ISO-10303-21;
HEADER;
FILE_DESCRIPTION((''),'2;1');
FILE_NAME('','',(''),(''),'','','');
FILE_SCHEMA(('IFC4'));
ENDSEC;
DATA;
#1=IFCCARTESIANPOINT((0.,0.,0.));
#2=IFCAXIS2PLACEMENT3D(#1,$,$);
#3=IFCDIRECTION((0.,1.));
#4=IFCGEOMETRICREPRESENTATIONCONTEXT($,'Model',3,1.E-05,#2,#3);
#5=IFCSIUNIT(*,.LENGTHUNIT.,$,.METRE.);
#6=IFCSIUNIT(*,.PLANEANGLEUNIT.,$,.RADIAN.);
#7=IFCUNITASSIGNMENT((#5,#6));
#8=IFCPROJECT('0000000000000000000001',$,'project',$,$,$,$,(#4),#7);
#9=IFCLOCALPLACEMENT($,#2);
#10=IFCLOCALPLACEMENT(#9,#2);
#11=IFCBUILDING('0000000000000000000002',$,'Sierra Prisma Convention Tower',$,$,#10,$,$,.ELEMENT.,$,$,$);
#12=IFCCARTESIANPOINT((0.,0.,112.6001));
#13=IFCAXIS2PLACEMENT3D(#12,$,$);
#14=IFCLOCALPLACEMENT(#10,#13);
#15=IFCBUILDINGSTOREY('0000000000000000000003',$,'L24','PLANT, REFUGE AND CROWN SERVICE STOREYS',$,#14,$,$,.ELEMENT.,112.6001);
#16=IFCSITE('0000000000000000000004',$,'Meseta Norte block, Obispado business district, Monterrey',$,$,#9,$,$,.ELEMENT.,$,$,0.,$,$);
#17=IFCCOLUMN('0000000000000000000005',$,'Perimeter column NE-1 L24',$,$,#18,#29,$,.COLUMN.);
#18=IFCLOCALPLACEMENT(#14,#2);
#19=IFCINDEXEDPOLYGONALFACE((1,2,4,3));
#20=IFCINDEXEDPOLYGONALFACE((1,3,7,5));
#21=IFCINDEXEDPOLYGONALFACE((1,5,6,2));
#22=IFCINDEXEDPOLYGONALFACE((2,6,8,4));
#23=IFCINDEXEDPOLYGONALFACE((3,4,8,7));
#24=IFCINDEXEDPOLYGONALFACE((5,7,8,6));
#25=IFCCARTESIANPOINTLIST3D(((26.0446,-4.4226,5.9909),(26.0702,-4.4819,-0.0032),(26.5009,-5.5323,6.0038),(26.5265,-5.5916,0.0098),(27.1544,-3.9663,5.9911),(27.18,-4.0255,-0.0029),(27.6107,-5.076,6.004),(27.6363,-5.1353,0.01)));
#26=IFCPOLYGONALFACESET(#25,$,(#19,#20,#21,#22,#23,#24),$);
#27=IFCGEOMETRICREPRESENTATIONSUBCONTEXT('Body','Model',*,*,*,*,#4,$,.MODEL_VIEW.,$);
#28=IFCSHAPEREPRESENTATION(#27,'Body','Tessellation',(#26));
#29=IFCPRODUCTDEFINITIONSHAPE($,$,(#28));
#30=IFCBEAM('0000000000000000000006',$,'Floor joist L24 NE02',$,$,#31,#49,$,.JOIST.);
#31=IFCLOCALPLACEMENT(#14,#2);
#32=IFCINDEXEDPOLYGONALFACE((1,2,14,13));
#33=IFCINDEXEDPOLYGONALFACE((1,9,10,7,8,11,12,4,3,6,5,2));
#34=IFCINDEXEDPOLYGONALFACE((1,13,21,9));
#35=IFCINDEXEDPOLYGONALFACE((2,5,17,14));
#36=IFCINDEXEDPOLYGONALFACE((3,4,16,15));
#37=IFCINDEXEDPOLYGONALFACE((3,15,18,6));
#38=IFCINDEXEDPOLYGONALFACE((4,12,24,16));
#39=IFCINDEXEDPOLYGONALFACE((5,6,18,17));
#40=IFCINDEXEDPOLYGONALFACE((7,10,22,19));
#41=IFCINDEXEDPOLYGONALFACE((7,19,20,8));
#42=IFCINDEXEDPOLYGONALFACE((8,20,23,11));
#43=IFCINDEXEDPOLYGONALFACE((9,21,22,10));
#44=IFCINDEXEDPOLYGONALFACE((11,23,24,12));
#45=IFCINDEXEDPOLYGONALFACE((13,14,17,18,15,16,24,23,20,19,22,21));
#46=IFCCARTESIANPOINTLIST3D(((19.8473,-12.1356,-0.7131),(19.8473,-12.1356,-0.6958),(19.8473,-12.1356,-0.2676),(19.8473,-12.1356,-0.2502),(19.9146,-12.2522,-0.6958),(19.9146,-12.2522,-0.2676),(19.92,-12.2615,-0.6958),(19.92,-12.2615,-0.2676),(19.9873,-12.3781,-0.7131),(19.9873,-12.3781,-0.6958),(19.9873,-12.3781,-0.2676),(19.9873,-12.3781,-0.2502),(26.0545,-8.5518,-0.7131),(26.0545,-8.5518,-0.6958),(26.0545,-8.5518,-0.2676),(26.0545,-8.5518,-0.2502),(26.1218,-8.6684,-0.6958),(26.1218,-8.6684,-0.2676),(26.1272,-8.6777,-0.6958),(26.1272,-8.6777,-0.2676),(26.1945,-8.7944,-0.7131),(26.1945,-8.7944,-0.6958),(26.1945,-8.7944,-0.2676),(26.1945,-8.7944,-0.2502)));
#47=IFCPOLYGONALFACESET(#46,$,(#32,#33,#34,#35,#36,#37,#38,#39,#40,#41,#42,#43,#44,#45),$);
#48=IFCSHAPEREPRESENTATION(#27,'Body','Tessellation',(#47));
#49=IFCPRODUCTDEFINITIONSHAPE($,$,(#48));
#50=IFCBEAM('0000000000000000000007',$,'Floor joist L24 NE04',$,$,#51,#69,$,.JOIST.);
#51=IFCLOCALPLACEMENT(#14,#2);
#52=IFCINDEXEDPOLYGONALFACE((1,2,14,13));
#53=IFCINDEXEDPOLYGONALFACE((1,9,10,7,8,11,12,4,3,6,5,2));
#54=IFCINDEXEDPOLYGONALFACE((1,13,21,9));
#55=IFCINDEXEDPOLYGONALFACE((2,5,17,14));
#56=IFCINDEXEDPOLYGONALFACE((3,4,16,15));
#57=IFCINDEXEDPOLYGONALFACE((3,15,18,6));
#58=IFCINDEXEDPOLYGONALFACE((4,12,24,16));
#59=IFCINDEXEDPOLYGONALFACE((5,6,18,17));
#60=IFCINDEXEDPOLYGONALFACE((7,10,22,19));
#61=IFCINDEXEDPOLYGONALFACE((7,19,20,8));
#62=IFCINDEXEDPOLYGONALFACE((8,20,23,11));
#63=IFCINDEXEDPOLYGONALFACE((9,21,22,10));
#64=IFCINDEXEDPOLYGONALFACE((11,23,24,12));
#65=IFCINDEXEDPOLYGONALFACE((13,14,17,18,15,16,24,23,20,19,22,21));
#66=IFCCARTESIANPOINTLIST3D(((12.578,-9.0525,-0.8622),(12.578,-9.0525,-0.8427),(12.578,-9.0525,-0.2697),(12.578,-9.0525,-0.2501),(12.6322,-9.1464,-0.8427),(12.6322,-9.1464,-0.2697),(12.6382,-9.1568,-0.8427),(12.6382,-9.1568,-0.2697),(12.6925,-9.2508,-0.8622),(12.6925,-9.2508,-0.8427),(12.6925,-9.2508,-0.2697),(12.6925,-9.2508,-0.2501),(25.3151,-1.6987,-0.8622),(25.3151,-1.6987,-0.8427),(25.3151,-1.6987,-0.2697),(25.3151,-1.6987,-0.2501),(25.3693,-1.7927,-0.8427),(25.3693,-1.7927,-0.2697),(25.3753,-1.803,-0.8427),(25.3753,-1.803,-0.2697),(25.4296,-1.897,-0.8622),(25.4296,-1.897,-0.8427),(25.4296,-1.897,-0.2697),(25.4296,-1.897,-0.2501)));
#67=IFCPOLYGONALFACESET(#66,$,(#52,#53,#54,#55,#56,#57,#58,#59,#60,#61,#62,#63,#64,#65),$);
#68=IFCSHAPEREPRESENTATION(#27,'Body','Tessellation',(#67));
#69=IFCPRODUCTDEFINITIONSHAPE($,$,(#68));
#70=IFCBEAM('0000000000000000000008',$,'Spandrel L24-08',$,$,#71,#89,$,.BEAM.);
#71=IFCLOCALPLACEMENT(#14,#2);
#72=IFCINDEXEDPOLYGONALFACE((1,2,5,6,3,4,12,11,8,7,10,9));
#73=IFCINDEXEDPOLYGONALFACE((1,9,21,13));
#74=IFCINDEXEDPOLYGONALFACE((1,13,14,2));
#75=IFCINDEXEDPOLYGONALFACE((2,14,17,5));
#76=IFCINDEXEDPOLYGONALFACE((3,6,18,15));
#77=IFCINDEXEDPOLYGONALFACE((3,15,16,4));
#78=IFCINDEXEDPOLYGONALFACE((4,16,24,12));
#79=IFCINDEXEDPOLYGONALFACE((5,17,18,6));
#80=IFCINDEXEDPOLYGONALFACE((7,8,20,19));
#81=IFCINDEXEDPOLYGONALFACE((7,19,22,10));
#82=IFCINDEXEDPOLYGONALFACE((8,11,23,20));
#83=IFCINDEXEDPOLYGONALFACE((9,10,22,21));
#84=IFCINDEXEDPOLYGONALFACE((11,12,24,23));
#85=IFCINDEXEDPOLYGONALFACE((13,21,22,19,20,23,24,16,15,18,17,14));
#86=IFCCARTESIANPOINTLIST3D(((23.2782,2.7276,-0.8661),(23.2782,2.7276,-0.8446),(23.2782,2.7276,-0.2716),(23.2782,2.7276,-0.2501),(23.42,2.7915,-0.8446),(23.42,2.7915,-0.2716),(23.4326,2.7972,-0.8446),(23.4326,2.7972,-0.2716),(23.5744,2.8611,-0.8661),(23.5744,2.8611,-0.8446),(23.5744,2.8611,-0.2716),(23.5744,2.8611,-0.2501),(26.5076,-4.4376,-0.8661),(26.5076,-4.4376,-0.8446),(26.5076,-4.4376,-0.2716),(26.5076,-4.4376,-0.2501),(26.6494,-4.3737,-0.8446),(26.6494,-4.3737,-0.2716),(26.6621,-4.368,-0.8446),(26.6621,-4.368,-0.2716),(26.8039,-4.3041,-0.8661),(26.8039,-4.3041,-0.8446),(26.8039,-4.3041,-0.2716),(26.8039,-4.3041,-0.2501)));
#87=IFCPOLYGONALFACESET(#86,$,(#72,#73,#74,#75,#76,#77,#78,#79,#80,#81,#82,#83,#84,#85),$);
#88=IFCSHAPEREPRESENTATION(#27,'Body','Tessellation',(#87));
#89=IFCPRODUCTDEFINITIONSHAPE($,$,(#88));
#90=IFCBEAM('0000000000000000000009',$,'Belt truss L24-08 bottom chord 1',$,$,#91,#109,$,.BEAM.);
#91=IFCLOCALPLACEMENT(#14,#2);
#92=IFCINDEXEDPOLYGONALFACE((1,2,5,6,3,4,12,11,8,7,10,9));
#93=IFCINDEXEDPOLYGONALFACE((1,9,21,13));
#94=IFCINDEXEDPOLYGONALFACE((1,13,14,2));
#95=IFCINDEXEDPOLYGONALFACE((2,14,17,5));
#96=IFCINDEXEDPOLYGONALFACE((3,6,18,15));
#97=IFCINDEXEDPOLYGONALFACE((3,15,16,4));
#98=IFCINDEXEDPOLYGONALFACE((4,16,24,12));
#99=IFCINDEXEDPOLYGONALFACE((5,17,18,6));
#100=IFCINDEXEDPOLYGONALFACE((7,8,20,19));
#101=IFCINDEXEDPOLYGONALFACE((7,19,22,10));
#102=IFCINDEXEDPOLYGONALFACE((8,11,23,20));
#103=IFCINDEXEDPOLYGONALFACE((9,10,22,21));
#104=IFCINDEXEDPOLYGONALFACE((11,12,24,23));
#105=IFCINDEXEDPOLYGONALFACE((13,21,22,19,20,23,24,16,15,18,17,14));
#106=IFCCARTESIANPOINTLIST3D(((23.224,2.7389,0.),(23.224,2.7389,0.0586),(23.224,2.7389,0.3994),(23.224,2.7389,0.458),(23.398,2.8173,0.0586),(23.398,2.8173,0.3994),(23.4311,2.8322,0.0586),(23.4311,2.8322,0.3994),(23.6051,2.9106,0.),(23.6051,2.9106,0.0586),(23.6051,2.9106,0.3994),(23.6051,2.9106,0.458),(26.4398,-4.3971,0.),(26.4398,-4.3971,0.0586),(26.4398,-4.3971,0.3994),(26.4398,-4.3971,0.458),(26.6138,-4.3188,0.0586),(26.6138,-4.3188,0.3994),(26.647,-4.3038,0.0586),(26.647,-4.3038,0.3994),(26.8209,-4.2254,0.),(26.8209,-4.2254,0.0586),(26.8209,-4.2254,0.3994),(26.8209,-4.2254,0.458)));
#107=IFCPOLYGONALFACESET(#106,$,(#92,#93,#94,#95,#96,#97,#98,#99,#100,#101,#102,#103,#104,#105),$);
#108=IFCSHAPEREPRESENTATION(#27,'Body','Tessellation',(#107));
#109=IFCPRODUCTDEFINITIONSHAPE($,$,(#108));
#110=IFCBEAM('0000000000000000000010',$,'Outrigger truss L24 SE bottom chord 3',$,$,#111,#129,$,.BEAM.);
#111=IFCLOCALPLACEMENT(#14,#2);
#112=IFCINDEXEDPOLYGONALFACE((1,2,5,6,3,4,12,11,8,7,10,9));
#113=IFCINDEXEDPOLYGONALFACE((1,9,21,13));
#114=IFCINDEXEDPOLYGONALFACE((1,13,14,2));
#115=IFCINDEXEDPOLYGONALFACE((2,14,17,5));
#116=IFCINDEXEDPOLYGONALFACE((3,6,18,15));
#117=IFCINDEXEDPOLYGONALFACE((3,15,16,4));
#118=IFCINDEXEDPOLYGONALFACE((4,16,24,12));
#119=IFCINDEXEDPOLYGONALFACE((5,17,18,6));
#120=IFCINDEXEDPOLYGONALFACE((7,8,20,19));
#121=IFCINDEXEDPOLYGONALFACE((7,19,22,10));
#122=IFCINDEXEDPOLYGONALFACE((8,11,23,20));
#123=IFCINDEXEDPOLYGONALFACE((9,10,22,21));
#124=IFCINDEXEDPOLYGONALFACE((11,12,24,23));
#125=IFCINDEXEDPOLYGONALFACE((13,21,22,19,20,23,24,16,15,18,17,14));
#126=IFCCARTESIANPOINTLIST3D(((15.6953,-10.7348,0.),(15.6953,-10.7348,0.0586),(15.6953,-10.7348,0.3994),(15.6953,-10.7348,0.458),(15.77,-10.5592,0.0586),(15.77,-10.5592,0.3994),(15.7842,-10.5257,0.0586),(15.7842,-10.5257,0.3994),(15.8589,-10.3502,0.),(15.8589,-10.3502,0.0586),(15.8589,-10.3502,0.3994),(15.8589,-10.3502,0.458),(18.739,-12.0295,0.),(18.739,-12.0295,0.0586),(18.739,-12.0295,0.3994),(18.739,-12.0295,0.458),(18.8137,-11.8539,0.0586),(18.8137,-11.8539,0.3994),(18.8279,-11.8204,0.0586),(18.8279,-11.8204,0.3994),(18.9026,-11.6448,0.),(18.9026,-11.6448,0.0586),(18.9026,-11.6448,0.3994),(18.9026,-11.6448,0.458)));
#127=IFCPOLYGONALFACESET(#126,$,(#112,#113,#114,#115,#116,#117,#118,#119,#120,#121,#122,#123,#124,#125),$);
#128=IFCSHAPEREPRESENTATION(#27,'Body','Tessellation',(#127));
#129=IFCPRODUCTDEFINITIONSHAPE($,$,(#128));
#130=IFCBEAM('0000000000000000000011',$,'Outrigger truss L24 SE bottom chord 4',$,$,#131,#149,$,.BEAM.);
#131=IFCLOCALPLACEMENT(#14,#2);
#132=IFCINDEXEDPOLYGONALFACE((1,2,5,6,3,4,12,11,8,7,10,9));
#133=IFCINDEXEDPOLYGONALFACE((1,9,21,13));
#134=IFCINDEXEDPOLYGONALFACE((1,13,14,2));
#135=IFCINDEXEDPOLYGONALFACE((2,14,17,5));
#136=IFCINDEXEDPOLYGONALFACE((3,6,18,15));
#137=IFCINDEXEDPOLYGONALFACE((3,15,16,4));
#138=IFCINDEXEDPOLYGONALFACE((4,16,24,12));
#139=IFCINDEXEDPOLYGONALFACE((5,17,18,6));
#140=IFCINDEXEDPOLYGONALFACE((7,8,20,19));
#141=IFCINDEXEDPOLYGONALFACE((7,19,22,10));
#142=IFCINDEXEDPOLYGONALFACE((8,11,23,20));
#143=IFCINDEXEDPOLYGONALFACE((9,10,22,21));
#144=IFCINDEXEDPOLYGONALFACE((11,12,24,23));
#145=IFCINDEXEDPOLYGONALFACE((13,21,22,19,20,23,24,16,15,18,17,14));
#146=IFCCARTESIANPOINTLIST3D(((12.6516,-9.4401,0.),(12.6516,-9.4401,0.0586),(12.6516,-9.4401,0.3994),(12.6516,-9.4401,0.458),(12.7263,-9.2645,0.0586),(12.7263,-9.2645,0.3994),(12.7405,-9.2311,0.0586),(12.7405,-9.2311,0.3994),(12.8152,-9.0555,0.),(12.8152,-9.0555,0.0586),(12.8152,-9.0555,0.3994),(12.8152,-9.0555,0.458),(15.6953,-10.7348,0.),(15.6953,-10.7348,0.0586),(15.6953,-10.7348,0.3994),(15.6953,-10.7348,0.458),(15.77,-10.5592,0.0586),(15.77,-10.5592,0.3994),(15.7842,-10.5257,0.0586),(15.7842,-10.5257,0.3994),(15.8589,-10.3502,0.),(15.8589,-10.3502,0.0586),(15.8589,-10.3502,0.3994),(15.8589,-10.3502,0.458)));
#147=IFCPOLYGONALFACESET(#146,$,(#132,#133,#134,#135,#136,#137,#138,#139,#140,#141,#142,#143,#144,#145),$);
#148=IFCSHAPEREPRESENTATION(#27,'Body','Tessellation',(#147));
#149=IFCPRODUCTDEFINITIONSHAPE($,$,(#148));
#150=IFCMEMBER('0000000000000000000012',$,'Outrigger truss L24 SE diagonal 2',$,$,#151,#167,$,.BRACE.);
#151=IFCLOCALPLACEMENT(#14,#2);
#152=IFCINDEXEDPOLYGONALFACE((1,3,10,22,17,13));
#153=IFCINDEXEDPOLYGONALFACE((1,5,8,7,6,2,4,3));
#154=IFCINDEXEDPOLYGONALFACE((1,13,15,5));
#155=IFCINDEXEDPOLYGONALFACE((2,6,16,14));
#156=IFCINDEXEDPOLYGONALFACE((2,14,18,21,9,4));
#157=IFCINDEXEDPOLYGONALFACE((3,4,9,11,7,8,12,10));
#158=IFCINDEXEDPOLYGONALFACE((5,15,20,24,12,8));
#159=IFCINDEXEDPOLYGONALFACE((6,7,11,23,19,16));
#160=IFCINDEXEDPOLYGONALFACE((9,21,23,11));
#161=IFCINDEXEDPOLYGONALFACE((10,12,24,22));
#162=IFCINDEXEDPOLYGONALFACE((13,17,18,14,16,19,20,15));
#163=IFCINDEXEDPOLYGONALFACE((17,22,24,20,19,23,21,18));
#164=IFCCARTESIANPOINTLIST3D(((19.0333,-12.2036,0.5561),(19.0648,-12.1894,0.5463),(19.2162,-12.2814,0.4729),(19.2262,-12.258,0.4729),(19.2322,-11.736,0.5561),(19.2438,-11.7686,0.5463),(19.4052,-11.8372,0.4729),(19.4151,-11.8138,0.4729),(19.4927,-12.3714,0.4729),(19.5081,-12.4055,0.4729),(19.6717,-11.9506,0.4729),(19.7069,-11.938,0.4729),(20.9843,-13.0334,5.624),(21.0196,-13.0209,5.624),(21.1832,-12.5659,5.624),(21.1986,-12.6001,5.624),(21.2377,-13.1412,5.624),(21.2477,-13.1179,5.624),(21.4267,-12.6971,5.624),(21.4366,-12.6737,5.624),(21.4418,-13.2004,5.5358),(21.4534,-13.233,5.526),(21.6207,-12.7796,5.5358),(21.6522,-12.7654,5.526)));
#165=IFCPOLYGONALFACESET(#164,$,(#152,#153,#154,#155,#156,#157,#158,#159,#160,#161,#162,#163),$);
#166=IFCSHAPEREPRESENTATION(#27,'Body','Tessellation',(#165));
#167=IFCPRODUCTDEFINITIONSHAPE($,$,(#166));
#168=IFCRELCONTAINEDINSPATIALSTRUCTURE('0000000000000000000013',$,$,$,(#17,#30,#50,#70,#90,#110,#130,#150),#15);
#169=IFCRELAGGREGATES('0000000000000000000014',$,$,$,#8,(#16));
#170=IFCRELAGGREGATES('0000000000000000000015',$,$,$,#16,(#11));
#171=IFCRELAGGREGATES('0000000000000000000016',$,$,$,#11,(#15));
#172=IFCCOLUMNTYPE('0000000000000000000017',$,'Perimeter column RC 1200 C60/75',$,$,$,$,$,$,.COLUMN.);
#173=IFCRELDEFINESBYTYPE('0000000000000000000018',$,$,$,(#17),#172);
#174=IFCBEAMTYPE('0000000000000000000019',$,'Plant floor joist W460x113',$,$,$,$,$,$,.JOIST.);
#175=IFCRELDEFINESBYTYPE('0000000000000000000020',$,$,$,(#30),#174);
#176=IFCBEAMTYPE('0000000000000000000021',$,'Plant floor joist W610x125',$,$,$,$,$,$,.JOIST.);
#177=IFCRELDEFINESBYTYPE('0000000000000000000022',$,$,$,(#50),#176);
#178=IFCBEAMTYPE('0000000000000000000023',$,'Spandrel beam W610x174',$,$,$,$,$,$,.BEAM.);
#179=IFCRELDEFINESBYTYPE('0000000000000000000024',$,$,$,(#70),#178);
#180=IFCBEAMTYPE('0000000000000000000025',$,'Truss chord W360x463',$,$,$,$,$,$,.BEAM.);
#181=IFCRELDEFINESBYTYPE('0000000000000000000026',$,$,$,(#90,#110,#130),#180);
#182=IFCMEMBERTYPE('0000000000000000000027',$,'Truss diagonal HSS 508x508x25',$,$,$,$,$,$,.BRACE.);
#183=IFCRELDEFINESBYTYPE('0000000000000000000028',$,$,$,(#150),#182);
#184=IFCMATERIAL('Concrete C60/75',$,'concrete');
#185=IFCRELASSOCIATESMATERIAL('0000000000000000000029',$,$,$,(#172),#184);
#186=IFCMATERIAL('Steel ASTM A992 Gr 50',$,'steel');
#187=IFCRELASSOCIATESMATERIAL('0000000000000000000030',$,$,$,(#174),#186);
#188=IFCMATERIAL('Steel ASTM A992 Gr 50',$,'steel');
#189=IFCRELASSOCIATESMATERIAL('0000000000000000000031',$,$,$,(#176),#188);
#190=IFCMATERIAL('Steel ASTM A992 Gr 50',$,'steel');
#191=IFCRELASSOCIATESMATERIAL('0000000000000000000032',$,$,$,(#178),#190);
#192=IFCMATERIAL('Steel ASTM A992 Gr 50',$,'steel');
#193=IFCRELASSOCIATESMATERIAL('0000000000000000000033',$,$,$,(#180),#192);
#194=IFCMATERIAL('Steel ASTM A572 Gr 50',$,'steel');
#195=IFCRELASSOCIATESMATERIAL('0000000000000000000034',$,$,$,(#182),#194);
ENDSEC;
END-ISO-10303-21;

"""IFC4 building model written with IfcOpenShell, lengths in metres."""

from ifc_helpers import new_model, si_unit, direction, frame, origin, origin_2d, place, context, subcontext, project, spatial, rectangle, hollow_rectangle, i_section, extrude, clip, halfspace, material, material_profile, profile_set, type_object, element, save


model = new_model("IFC4")

# Units and contexts
model_context = context("Model", 3, precision=1e-05, world=origin(), true_north=direction((0.0, 1.0)))
body_context = subcontext(model_context, "Body", "Model", "MODEL_VIEW")
ifc_project = project(units=[si_unit("LENGTHUNIT", "METRE"), si_unit("PLANEANGLEUNIT", "RADIAN")], contexts=[model_context])

# Site, building, storey
site_placement = place(None, origin())
site = spatial("IfcSite", under=ifc_project, at=site_placement, Name="Meseta Norte block, Obispado business district, Monterrey", CompositionType="ELEMENT", RefElevation=0.0)
building_placement = place(site_placement, origin())
building = spatial("IfcBuilding", under=site, at=building_placement, Name="Sierra Prisma Convention Tower", CompositionType="ELEMENT")
storey_placement = place(building_placement, frame((0.0, 0.0, 112.6001)))
storey = spatial("IfcBuildingStorey", under=building, at=storey_placement, Name="L24", Description="PLANT, REFUGE AND CROWN SERVICE STOREYS", CompositionType="ELEMENT", Elevation=112.6001)

# Column
ifc_material_1 = material(Name="Concrete C60/75", Category="concrete")
ifc_material_profile_1 = material_profile(ifc_material_1, rectangle(XDim=1.2, YDim=1.2, at=origin_2d()), Name="Perimeter column RC 1200 C60/75")
ifc_profile_set_1 = profile_set([ifc_material_profile_1], Name="Concrete C60/75")
column_type = type_object("IfcColumnType", Name="Perimeter column RC 1200 C60/75", PredefinedType="COLUMN", material=ifc_profile_set_1)
column_placement = place(storey_placement, frame((26.8533, -4.8086, 0.0), z_axis=(-0.004272, 0.009887, 0.999942), x_axis=(-0.380279, 0.924809, -0.010769)))
element("IfcColumn", 1, at=column_placement, inside=storey, type_object=column_type, Name="Perimeter column NE-1 L24", PredefinedType="COLUMN", context=body_context, shape_type="SweptSolid", body=[
    clip(clip(extrude(rectangle(XDim=1.2, YDim=1.2, at=origin_2d()), origin(), (0.0, 0.0, 1.0), 6.0002), halfspace(frame((0.0, 0.0, 0.0034)), True)), halfspace(frame((0.0, 0.0, 5.9978)), False)),
])

# Beams
ifc_material_2 = material(Name="Steel ASTM A992 Gr 50", Category="steel")
ifc_material_profile_2 = material_profile(ifc_material_2, i_section(OverallWidth=0.28, OverallDepth=0.4629, WebThickness=0.0107, FlangeThickness=0.0173, at=origin_2d()), Name="W460x113")
ifc_profile_set_2 = profile_set([ifc_material_profile_2], Name="Steel ASTM A992 Gr 50")
beam_type_1 = type_object("IfcBeamType", Name="Plant floor joist W460x113", PredefinedType="JOIST", material=ifc_profile_set_2)
beam_1_placement = place(storey_placement, frame((26.1245, -8.6731, -0.4817), z_axis=(-0.866027, -0.499997, 0.0), x_axis=(0.499997, -0.866027, 0.0)))
element("IfcBeam", 2, at=beam_1_placement, inside=storey, type_object=beam_type_1, Name="Floor joist L24 NE02", PredefinedType="JOIST", context=body_context, shape_type="SweptSolid", body=[
    extrude(i_section(OverallWidth=0.28, OverallDepth=0.4629, WebThickness=0.0107, FlangeThickness=0.0173, at=origin_2d()), origin(), (0.0, 0.0, 1.0), 7.1675),
])
ifc_material_3 = material(Name="Steel ASTM A992 Gr 50", Category="steel")
ifc_material_profile_3 = material_profile(ifc_material_3, i_section(OverallWidth=0.229, OverallDepth=0.6121, WebThickness=0.012, FlangeThickness=0.0195, at=origin_2d()), Name="W610x125")
ifc_profile_set_3 = profile_set([ifc_material_profile_3], Name="Steel ASTM A992 Gr 50")
beam_type_2 = type_object("IfcBeamType", Name="Plant floor joist W610x125", PredefinedType="JOIST", material=ifc_profile_set_3)
beam_2_placement = place(storey_placement, frame((25.3723, -1.7979, -0.5562), z_axis=(-0.866025, -0.500001, 0.0), x_axis=(0.500001, -0.866025, 0.0)))
element("IfcBeam", 3, at=beam_2_placement, inside=storey, type_object=beam_type_2, Name="Floor joist L24 NE04", PredefinedType="JOIST", context=body_context, shape_type="SweptSolid", body=[
    extrude(i_section(OverallWidth=0.229, OverallDepth=0.6121, WebThickness=0.012, FlangeThickness=0.0195, at=origin_2d()), origin(), (0.0, 0.0, 1.0), 14.7075),
])
ifc_material_4 = material(Name="Steel ASTM A992 Gr 50", Category="steel")
ifc_material_profile_4 = material_profile(ifc_material_4, i_section(OverallWidth=0.325, OverallDepth=0.616, WebThickness=0.0139, FlangeThickness=0.0215, at=origin_2d()), Name="W610x174")
ifc_profile_set_4 = profile_set([ifc_material_profile_4], Name="Steel ASTM A992 Gr 50")
beam_type_3 = type_object("IfcBeamType", Name="Spandrel beam W610x174", PredefinedType="BEAM", material=ifc_profile_set_4)
beam_3_placement = place(storey_placement, frame((26.6558, -4.3708, -0.5581), z_axis=(-0.410906, 0.911678, 0.0), x_axis=(-0.911678, -0.410906, 0.0)))
element("IfcBeam", 4, at=beam_3_placement, inside=storey, type_object=beam_type_3, Name="Spandrel L24-08", PredefinedType="BEAM", context=body_context, shape_type="SweptSolid", body=[
    extrude(i_section(OverallWidth=0.325, OverallDepth=0.616, WebThickness=0.0139, FlangeThickness=0.0215, at=origin_2d()), origin(), (0.0, 0.0, 1.0), 7.8594),
])
ifc_material_5 = material(Name="Steel ASTM A992 Gr 50", Category="steel")
ifc_material_profile_5 = material_profile(ifc_material_5, i_section(OverallWidth=0.418, OverallDepth=0.458, WebThickness=0.0364, FlangeThickness=0.0586, at=origin_2d()), Name="W360x463")
ifc_profile_set_5 = profile_set([ifc_material_profile_5], Name="Steel ASTM A992 Gr 50")
beam_type_4 = type_object("IfcBeamType", Name="Truss chord W360x463", PredefinedType="BEAM", material=ifc_profile_set_5)
beam_4_placement = place(storey_placement, frame((26.6304, -4.3113, 0.229), z_axis=(-0.410856, 0.9117, 0.0), x_axis=(-0.9117, -0.410856, 0.0)))
element("IfcBeam", 5, at=beam_4_placement, inside=storey, type_object=beam_type_4, Name="Belt truss L24-08 bottom chord 1", PredefinedType="BEAM", context=body_context, shape_type="SweptSolid", body=[
    extrude(i_section(OverallWidth=0.418, OverallDepth=0.458, WebThickness=0.0364, FlangeThickness=0.0586, at=origin_2d()), origin(), (0.0, 0.0, 1.0), 7.8271),
])
for number, where, z_axis, x_axis, name in (
    (6, (18.8208, -11.8372, 0.229), (-0.920211, 0.391424, 0.0), (-0.391424, -0.920211, 0.0), "Outrigger truss L24 SE bottom chord 3"),
    (7, (15.7771, -10.5425, 0.229), (-0.920211, 0.391424, 0.0), (-0.391424, -0.920211, 0.0), "Outrigger truss L24 SE bottom chord 4"),
):
    element("IfcBeam", number, at=place(storey_placement, frame(where, z_axis=z_axis, x_axis=x_axis)), inside=storey, type_object=beam_type_4, Name=name, PredefinedType="BEAM", context=body_context, shape_type="SweptSolid", body=[
        extrude(i_section(OverallWidth=0.418, OverallDepth=0.458, WebThickness=0.0364, FlangeThickness=0.0586, at=origin_2d()), origin(), (0.0, 0.0, 1.0), 3.3076),
    ])

# Member
ifc_material_6 = material(Name="Steel ASTM A572 Gr 50", Category="steel")
ifc_material_profile_6 = material_profile(ifc_material_6, hollow_rectangle(XDim=0.5081, YDim=0.5081, WallThickness=0.0254, at=origin_2d()), Name="Truss diagonal HSS 508x508x25")
ifc_profile_set_6 = profile_set([ifc_material_profile_6], Name="Steel ASTM A572 Gr 50")
member_type_1 = type_object("IfcMemberType", Name="Truss diagonal HSS 508x508x25", PredefinedType="BRACE", material=ifc_profile_set_6)
member_1_placement = place(storey_placement, frame((21.3372, -12.9075, 5.624), z_axis=(-0.355146, 0.151066, -0.922524), x_axis=(-0.391423, -0.920211, 0.0)))
element("IfcMember", 8, at=member_1_placement, inside=storey, type_object=member_type_1, Name="Outrigger truss L24 SE diagonal 2", PredefinedType="BRACE", context=body_context, shape_type="SweptSolid", body=[
    clip(clip(extrude(hollow_rectangle(XDim=0.5081, YDim=0.5081, WallThickness=0.0254, at=origin_2d()), origin(), (0.0, 0.0, 1.0), 5.5999), halfspace(frame((0.0, 0.0, 0.0), z_axis=(0.0, -0.385939, 0.922524), x_axis=(1.0, 0.0, 0.0)), True)), halfspace(frame((0.0, 0.0059, 5.5862), z_axis=(0.0, 0.385939, -0.922524), x_axis=(1.0, 0.0, 0.0)), True)),
])

save(model, "model.ifc")
